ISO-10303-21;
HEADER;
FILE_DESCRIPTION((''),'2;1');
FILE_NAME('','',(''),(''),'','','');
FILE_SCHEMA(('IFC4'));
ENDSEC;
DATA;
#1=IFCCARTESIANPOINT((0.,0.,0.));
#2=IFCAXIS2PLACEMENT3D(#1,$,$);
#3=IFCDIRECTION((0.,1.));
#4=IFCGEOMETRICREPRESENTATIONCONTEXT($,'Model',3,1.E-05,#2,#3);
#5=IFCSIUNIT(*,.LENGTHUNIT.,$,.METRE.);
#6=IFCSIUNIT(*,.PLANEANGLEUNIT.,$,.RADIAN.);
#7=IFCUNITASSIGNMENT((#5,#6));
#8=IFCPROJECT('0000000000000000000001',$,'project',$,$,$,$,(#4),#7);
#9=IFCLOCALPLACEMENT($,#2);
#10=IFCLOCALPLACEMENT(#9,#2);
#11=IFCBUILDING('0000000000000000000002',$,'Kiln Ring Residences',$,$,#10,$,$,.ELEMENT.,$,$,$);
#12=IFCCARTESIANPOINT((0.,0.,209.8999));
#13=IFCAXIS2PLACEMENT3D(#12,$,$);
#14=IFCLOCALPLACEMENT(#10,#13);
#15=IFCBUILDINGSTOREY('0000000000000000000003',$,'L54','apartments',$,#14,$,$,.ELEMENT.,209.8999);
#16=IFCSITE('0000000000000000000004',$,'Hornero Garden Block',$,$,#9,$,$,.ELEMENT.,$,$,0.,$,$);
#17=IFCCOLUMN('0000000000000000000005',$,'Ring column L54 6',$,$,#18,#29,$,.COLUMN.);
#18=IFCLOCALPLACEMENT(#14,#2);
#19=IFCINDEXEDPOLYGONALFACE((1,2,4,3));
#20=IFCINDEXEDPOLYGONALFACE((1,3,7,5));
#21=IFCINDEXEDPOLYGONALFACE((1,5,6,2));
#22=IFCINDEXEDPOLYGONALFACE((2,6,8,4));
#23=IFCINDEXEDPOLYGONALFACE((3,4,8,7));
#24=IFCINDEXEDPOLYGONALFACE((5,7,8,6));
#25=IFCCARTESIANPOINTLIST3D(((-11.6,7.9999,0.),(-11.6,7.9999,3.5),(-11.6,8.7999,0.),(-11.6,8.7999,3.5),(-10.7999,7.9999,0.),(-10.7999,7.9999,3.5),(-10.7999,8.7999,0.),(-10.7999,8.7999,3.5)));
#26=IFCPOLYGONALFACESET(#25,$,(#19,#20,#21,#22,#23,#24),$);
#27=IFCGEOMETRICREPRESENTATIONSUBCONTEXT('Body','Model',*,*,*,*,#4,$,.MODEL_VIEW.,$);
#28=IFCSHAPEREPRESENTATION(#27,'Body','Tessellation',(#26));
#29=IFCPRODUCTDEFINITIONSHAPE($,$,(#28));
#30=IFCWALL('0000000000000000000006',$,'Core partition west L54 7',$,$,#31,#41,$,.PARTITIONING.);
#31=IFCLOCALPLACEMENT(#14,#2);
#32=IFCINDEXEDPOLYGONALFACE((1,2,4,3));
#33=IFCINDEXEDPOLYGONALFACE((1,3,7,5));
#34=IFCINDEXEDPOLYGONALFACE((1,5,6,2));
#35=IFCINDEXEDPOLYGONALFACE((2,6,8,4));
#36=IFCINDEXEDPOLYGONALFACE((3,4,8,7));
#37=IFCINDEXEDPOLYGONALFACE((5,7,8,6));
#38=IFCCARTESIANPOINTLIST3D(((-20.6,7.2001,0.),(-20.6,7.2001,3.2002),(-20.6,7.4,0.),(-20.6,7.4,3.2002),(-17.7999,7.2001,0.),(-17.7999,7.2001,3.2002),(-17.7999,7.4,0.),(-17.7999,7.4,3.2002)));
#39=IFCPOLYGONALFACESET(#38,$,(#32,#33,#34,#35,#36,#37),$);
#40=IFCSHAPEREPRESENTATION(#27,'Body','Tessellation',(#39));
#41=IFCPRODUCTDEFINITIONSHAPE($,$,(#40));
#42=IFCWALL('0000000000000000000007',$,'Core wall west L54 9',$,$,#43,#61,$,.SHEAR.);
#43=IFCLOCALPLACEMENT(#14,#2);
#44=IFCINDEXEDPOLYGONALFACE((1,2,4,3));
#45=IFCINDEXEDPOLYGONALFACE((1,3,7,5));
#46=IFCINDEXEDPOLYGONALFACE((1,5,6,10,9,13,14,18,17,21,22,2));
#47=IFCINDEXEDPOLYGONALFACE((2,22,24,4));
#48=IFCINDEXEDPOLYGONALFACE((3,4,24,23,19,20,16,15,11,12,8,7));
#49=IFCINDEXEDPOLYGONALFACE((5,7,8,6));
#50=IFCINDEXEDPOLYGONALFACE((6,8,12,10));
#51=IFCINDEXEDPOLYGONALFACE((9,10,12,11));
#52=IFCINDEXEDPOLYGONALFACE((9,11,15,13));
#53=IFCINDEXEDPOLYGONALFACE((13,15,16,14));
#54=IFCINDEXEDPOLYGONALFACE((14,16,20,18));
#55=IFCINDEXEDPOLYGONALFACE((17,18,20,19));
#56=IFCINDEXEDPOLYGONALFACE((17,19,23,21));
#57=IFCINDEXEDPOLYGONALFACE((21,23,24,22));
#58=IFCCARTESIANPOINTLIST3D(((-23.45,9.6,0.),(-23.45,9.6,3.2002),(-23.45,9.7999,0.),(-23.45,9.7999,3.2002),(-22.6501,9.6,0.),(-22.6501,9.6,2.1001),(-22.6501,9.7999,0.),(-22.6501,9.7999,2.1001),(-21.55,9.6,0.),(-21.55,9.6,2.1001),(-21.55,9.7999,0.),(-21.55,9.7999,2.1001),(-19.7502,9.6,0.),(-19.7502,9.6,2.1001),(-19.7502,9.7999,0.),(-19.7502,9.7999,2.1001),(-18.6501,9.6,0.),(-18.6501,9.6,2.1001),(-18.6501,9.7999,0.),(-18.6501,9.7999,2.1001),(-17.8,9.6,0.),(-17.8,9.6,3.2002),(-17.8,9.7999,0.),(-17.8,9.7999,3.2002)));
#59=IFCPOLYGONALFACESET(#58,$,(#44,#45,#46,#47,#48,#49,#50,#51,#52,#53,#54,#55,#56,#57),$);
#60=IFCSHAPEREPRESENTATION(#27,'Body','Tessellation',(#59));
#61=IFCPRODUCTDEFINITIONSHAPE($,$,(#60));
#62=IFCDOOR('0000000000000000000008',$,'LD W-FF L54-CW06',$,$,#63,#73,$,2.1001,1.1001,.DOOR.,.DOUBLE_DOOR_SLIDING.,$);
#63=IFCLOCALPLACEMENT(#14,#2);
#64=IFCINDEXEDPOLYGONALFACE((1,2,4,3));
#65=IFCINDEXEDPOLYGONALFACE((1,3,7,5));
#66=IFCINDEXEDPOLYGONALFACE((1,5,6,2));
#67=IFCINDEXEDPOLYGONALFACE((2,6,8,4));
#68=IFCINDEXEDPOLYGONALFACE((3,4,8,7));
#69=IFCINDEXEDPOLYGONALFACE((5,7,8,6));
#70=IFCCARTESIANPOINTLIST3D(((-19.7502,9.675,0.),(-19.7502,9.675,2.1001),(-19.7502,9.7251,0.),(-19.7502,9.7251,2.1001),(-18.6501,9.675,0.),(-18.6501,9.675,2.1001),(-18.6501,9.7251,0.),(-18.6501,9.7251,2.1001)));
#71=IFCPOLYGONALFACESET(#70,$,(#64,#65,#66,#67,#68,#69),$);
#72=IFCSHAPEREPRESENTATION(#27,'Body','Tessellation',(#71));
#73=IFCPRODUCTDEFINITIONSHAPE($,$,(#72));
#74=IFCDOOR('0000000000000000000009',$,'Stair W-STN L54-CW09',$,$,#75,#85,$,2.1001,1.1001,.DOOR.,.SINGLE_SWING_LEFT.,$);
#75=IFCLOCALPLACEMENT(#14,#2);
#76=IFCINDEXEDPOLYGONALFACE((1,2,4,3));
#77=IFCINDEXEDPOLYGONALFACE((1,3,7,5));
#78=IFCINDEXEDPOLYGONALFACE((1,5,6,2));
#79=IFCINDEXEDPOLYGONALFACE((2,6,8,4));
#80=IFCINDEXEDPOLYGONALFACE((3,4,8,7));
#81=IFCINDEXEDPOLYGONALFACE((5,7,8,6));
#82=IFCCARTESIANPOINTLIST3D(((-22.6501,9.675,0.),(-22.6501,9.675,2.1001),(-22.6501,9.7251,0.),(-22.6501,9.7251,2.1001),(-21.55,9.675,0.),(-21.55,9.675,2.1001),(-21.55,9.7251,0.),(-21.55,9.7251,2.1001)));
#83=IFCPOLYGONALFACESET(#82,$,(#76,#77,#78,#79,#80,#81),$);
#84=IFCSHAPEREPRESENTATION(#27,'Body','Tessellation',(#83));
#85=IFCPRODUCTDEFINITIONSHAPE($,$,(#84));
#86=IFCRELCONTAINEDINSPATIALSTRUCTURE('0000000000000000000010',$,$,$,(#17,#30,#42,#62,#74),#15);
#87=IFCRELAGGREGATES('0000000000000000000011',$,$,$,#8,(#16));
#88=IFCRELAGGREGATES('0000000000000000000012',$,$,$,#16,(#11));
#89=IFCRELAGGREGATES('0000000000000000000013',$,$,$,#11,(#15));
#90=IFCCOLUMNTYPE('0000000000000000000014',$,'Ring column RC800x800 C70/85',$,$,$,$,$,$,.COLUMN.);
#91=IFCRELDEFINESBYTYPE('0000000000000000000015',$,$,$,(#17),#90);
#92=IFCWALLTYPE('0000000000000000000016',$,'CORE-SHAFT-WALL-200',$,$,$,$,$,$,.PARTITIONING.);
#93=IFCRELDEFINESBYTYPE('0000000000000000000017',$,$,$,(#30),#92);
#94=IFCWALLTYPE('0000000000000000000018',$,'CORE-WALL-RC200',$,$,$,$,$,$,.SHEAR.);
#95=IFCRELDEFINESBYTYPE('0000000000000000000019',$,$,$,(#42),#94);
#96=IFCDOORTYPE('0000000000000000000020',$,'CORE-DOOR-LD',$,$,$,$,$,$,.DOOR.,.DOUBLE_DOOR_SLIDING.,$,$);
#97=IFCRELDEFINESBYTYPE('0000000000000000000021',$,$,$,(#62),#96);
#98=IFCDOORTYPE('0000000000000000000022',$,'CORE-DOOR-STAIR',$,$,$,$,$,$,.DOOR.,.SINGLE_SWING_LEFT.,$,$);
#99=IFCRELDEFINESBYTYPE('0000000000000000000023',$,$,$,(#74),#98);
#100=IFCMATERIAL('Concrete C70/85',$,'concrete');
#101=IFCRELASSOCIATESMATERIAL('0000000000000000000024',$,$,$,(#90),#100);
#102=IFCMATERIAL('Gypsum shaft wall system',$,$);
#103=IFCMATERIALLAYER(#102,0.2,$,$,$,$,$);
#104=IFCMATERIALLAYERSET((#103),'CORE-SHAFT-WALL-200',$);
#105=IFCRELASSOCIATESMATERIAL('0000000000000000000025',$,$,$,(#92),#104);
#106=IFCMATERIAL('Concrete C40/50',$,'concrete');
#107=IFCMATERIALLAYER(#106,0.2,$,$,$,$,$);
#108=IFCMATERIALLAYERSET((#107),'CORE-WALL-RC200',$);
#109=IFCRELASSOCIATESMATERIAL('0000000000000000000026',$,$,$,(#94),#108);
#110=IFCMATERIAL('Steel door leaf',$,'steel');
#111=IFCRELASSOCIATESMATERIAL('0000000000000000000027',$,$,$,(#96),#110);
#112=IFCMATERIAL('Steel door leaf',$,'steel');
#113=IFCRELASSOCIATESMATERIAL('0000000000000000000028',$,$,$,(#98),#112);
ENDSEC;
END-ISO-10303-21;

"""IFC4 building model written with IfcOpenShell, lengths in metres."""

from ifc_helpers import new_model, si_unit, direction, frame, frame_2d, origin, origin_2d, place, context, subcontext, project, spatial, rectangle, extrude, material, layer, layer_set, material_profile, profile_set, type_object, element, fill, save


model = new_model("IFC4")

# Units and contexts
model_context = context("Model", 3, precision=1e-05, world=origin(), true_north=direction((0.0, 1.0)))
body_context = subcontext(model_context, "Body", "Model", "MODEL_VIEW")
ifc_project = project(units=[si_unit("LENGTHUNIT", "METRE"), si_unit("PLANEANGLEUNIT", "RADIAN")], contexts=[model_context])

# Site, building, storey
site_placement = place(None, origin())
site = spatial("IfcSite", under=ifc_project, at=site_placement, Name="Hornero Garden Block", CompositionType="ELEMENT", RefElevation=0.0)
building_placement = place(site_placement, origin())
building = spatial("IfcBuilding", under=site, at=building_placement, Name="Kiln Ring Residences", CompositionType="ELEMENT")
storey_placement = place(building_placement, frame((0.0, 0.0, 209.8999)))
storey = spatial("IfcBuildingStorey", under=building, at=storey_placement, Name="L54", Description="apartments", CompositionType="ELEMENT", Elevation=209.8999)

# Column
ifc_material_1 = material(Name="Concrete C70/85", Category="concrete")
ifc_material_profile = material_profile(ifc_material_1, rectangle(XDim=0.8, YDim=0.8, at=origin_2d()), Name="RC800x800")
ifc_profile_set = profile_set([ifc_material_profile], Name="Concrete C70/85")
column_type = type_object("IfcColumnType", Name="Ring column RC800x800 C70/85", PredefinedType="COLUMN", material=ifc_profile_set)
column_placement = place(storey_placement, frame((-11.2, 8.3999, 0.0), z_axis=(0.0, 0.0, 1.0), x_axis=(1.0, 0.0, 0.0)))
element("IfcColumn", 1, at=column_placement, inside=storey, type_object=column_type, Name="Ring column L54 6", PredefinedType="COLUMN", context=body_context, shape_type="SweptSolid", body=[
    extrude(rectangle(XDim=0.8, YDim=0.8, at=origin_2d()), origin(), (0.0, 0.0, 1.0), 3.5),
])

# Wall
ifc_material_2 = material(Name="Gypsum shaft wall system")
ifc_layer_1 = layer(ifc_material_2, 0.2)
ifc_layer_set_1 = layer_set([ifc_layer_1], Name="CORE-SHAFT-WALL-200")
wall_type_1 = type_object("IfcWallType", Name="CORE-SHAFT-WALL-200", PredefinedType="PARTITIONING", material=ifc_layer_set_1)
wall_1_placement = place(storey_placement, frame((-17.8, 7.3, 0.0), z_axis=(0.0, 0.0, 1.0), x_axis=(-1.0, 0.0, 0.0)))
element("IfcWall", 2, at=wall_1_placement, inside=storey, type_object=wall_type_1, Name="Core partition west L54 7", PredefinedType="PARTITIONING", context=body_context, shape_type="SweptSolid", body=[
    extrude(rectangle(XDim=2.8, YDim=0.2, at=frame_2d((1.3999, 0.0))), origin(), (0.0, 0.0, 1.0), 3.2002),
])

# Wall, openings, doors
ifc_material_3 = material(Name="Concrete C40/50", Category="concrete")
ifc_layer_2 = layer(ifc_material_3, 0.2)
ifc_layer_set_2 = layer_set([ifc_layer_2], Name="CORE-WALL-RC200")
wall_type_2 = type_object("IfcWallType", Name="CORE-WALL-RC200", PredefinedType="SHEAR", material=ifc_layer_set_2)
wall_2_placement = place(storey_placement, frame((-17.8, 9.7, 0.0), z_axis=(0.0, 0.0, 1.0), x_axis=(-1.0, 0.0, 0.0)))
wall_2 = element("IfcWall", 3, at=wall_2_placement, inside=storey, type_object=wall_type_2, Name="Core wall west L54 9", PredefinedType="SHEAR", context=body_context, shape_type="SweptSolid", body=[
    extrude(rectangle(XDim=5.6499, YDim=0.2, at=frame_2d((2.825, 0.0))), origin(), (0.0, 0.0, 1.0), 3.2002),
])
opening_1_placement = place(wall_2_placement, frame((0.8501, 0.0, 0.0)))
opening_1 = element("IfcOpeningElement", 4, at=opening_1_placement, cuts=wall_2, PredefinedType="OPENING", context=body_context, shape_type="SweptSolid", body=[
    extrude(rectangle(XDim=1.1001, YDim=2.1001, at=frame_2d((0.55, 1.05))), frame((0.0, 0.1099, 0.0), z_axis=(0.0, -1.0, 0.0), x_axis=(1.0, 0.0, 0.0)), (0.0, 0.0, 1.0), 0.22),
])
opening_2_placement = place(wall_2_placement, frame((3.75, 0.0, 0.0)))
opening_2 = element("IfcOpeningElement", 5, at=opening_2_placement, cuts=wall_2, PredefinedType="OPENING", context=body_context, shape_type="SweptSolid", body=[
    extrude(rectangle(XDim=1.1001, YDim=2.1001, at=frame_2d((0.55, 1.05))), frame((0.0, 0.1099, 0.0), z_axis=(0.0, -1.0, 0.0), x_axis=(1.0, 0.0, 0.0)), (0.0, 0.0, 1.0), 0.22),
])
ifc_material_4 = material(Name="Steel door leaf", Category="steel")
door_type_1 = type_object("IfcDoorType", Name="CORE-DOOR-LD", OperationType="DOUBLE_DOOR_SLIDING", PredefinedType="DOOR", material=ifc_material_4)
door_1_placement = place(opening_1_placement, origin())
door_1 = element("IfcDoor", 6, at=door_1_placement, inside=storey, type_object=door_type_1, Name="LD W-FF L54-CW06", OperationType="DOUBLE_DOOR_SLIDING", OverallHeight=2.1001, OverallWidth=1.1001, PredefinedType="DOOR", context=body_context, shape_type="SweptSolid", body=[
    extrude(rectangle(XDim=1.1001, YDim=2.1001, at=frame_2d((0.55, 1.05))), frame((0.0, 0.0249, 0.0), z_axis=(0.0, -1.0, 0.0), x_axis=(1.0, 0.0, 0.0)), (0.0, 0.0, 1.0), 0.05),
])
fill(opening_1, door_1)
ifc_material_5 = material(Name="Steel door leaf", Category="steel")
door_type_2 = type_object("IfcDoorType", Name="CORE-DOOR-STAIR", OperationType="SINGLE_SWING_LEFT", PredefinedType="DOOR", material=ifc_material_5)
door_2_placement = place(opening_2_placement, origin())
door_2 = element("IfcDoor", 7, at=door_2_placement, inside=storey, type_object=door_type_2, Name="Stair W-STN L54-CW09", OperationType="SINGLE_SWING_LEFT", OverallHeight=2.1001, OverallWidth=1.1001, PredefinedType="DOOR", context=body_context, shape_type="SweptSolid", body=[
    extrude(rectangle(XDim=1.1001, YDim=2.1001, at=frame_2d((0.55, 1.05))), frame((0.0, 0.0249, 0.0), z_axis=(0.0, -1.0, 0.0), x_axis=(1.0, 0.0, 0.0)), (0.0, 0.0, 1.0), 0.05),
])
fill(opening_2, door_2)

save(model, "model.ifc")
